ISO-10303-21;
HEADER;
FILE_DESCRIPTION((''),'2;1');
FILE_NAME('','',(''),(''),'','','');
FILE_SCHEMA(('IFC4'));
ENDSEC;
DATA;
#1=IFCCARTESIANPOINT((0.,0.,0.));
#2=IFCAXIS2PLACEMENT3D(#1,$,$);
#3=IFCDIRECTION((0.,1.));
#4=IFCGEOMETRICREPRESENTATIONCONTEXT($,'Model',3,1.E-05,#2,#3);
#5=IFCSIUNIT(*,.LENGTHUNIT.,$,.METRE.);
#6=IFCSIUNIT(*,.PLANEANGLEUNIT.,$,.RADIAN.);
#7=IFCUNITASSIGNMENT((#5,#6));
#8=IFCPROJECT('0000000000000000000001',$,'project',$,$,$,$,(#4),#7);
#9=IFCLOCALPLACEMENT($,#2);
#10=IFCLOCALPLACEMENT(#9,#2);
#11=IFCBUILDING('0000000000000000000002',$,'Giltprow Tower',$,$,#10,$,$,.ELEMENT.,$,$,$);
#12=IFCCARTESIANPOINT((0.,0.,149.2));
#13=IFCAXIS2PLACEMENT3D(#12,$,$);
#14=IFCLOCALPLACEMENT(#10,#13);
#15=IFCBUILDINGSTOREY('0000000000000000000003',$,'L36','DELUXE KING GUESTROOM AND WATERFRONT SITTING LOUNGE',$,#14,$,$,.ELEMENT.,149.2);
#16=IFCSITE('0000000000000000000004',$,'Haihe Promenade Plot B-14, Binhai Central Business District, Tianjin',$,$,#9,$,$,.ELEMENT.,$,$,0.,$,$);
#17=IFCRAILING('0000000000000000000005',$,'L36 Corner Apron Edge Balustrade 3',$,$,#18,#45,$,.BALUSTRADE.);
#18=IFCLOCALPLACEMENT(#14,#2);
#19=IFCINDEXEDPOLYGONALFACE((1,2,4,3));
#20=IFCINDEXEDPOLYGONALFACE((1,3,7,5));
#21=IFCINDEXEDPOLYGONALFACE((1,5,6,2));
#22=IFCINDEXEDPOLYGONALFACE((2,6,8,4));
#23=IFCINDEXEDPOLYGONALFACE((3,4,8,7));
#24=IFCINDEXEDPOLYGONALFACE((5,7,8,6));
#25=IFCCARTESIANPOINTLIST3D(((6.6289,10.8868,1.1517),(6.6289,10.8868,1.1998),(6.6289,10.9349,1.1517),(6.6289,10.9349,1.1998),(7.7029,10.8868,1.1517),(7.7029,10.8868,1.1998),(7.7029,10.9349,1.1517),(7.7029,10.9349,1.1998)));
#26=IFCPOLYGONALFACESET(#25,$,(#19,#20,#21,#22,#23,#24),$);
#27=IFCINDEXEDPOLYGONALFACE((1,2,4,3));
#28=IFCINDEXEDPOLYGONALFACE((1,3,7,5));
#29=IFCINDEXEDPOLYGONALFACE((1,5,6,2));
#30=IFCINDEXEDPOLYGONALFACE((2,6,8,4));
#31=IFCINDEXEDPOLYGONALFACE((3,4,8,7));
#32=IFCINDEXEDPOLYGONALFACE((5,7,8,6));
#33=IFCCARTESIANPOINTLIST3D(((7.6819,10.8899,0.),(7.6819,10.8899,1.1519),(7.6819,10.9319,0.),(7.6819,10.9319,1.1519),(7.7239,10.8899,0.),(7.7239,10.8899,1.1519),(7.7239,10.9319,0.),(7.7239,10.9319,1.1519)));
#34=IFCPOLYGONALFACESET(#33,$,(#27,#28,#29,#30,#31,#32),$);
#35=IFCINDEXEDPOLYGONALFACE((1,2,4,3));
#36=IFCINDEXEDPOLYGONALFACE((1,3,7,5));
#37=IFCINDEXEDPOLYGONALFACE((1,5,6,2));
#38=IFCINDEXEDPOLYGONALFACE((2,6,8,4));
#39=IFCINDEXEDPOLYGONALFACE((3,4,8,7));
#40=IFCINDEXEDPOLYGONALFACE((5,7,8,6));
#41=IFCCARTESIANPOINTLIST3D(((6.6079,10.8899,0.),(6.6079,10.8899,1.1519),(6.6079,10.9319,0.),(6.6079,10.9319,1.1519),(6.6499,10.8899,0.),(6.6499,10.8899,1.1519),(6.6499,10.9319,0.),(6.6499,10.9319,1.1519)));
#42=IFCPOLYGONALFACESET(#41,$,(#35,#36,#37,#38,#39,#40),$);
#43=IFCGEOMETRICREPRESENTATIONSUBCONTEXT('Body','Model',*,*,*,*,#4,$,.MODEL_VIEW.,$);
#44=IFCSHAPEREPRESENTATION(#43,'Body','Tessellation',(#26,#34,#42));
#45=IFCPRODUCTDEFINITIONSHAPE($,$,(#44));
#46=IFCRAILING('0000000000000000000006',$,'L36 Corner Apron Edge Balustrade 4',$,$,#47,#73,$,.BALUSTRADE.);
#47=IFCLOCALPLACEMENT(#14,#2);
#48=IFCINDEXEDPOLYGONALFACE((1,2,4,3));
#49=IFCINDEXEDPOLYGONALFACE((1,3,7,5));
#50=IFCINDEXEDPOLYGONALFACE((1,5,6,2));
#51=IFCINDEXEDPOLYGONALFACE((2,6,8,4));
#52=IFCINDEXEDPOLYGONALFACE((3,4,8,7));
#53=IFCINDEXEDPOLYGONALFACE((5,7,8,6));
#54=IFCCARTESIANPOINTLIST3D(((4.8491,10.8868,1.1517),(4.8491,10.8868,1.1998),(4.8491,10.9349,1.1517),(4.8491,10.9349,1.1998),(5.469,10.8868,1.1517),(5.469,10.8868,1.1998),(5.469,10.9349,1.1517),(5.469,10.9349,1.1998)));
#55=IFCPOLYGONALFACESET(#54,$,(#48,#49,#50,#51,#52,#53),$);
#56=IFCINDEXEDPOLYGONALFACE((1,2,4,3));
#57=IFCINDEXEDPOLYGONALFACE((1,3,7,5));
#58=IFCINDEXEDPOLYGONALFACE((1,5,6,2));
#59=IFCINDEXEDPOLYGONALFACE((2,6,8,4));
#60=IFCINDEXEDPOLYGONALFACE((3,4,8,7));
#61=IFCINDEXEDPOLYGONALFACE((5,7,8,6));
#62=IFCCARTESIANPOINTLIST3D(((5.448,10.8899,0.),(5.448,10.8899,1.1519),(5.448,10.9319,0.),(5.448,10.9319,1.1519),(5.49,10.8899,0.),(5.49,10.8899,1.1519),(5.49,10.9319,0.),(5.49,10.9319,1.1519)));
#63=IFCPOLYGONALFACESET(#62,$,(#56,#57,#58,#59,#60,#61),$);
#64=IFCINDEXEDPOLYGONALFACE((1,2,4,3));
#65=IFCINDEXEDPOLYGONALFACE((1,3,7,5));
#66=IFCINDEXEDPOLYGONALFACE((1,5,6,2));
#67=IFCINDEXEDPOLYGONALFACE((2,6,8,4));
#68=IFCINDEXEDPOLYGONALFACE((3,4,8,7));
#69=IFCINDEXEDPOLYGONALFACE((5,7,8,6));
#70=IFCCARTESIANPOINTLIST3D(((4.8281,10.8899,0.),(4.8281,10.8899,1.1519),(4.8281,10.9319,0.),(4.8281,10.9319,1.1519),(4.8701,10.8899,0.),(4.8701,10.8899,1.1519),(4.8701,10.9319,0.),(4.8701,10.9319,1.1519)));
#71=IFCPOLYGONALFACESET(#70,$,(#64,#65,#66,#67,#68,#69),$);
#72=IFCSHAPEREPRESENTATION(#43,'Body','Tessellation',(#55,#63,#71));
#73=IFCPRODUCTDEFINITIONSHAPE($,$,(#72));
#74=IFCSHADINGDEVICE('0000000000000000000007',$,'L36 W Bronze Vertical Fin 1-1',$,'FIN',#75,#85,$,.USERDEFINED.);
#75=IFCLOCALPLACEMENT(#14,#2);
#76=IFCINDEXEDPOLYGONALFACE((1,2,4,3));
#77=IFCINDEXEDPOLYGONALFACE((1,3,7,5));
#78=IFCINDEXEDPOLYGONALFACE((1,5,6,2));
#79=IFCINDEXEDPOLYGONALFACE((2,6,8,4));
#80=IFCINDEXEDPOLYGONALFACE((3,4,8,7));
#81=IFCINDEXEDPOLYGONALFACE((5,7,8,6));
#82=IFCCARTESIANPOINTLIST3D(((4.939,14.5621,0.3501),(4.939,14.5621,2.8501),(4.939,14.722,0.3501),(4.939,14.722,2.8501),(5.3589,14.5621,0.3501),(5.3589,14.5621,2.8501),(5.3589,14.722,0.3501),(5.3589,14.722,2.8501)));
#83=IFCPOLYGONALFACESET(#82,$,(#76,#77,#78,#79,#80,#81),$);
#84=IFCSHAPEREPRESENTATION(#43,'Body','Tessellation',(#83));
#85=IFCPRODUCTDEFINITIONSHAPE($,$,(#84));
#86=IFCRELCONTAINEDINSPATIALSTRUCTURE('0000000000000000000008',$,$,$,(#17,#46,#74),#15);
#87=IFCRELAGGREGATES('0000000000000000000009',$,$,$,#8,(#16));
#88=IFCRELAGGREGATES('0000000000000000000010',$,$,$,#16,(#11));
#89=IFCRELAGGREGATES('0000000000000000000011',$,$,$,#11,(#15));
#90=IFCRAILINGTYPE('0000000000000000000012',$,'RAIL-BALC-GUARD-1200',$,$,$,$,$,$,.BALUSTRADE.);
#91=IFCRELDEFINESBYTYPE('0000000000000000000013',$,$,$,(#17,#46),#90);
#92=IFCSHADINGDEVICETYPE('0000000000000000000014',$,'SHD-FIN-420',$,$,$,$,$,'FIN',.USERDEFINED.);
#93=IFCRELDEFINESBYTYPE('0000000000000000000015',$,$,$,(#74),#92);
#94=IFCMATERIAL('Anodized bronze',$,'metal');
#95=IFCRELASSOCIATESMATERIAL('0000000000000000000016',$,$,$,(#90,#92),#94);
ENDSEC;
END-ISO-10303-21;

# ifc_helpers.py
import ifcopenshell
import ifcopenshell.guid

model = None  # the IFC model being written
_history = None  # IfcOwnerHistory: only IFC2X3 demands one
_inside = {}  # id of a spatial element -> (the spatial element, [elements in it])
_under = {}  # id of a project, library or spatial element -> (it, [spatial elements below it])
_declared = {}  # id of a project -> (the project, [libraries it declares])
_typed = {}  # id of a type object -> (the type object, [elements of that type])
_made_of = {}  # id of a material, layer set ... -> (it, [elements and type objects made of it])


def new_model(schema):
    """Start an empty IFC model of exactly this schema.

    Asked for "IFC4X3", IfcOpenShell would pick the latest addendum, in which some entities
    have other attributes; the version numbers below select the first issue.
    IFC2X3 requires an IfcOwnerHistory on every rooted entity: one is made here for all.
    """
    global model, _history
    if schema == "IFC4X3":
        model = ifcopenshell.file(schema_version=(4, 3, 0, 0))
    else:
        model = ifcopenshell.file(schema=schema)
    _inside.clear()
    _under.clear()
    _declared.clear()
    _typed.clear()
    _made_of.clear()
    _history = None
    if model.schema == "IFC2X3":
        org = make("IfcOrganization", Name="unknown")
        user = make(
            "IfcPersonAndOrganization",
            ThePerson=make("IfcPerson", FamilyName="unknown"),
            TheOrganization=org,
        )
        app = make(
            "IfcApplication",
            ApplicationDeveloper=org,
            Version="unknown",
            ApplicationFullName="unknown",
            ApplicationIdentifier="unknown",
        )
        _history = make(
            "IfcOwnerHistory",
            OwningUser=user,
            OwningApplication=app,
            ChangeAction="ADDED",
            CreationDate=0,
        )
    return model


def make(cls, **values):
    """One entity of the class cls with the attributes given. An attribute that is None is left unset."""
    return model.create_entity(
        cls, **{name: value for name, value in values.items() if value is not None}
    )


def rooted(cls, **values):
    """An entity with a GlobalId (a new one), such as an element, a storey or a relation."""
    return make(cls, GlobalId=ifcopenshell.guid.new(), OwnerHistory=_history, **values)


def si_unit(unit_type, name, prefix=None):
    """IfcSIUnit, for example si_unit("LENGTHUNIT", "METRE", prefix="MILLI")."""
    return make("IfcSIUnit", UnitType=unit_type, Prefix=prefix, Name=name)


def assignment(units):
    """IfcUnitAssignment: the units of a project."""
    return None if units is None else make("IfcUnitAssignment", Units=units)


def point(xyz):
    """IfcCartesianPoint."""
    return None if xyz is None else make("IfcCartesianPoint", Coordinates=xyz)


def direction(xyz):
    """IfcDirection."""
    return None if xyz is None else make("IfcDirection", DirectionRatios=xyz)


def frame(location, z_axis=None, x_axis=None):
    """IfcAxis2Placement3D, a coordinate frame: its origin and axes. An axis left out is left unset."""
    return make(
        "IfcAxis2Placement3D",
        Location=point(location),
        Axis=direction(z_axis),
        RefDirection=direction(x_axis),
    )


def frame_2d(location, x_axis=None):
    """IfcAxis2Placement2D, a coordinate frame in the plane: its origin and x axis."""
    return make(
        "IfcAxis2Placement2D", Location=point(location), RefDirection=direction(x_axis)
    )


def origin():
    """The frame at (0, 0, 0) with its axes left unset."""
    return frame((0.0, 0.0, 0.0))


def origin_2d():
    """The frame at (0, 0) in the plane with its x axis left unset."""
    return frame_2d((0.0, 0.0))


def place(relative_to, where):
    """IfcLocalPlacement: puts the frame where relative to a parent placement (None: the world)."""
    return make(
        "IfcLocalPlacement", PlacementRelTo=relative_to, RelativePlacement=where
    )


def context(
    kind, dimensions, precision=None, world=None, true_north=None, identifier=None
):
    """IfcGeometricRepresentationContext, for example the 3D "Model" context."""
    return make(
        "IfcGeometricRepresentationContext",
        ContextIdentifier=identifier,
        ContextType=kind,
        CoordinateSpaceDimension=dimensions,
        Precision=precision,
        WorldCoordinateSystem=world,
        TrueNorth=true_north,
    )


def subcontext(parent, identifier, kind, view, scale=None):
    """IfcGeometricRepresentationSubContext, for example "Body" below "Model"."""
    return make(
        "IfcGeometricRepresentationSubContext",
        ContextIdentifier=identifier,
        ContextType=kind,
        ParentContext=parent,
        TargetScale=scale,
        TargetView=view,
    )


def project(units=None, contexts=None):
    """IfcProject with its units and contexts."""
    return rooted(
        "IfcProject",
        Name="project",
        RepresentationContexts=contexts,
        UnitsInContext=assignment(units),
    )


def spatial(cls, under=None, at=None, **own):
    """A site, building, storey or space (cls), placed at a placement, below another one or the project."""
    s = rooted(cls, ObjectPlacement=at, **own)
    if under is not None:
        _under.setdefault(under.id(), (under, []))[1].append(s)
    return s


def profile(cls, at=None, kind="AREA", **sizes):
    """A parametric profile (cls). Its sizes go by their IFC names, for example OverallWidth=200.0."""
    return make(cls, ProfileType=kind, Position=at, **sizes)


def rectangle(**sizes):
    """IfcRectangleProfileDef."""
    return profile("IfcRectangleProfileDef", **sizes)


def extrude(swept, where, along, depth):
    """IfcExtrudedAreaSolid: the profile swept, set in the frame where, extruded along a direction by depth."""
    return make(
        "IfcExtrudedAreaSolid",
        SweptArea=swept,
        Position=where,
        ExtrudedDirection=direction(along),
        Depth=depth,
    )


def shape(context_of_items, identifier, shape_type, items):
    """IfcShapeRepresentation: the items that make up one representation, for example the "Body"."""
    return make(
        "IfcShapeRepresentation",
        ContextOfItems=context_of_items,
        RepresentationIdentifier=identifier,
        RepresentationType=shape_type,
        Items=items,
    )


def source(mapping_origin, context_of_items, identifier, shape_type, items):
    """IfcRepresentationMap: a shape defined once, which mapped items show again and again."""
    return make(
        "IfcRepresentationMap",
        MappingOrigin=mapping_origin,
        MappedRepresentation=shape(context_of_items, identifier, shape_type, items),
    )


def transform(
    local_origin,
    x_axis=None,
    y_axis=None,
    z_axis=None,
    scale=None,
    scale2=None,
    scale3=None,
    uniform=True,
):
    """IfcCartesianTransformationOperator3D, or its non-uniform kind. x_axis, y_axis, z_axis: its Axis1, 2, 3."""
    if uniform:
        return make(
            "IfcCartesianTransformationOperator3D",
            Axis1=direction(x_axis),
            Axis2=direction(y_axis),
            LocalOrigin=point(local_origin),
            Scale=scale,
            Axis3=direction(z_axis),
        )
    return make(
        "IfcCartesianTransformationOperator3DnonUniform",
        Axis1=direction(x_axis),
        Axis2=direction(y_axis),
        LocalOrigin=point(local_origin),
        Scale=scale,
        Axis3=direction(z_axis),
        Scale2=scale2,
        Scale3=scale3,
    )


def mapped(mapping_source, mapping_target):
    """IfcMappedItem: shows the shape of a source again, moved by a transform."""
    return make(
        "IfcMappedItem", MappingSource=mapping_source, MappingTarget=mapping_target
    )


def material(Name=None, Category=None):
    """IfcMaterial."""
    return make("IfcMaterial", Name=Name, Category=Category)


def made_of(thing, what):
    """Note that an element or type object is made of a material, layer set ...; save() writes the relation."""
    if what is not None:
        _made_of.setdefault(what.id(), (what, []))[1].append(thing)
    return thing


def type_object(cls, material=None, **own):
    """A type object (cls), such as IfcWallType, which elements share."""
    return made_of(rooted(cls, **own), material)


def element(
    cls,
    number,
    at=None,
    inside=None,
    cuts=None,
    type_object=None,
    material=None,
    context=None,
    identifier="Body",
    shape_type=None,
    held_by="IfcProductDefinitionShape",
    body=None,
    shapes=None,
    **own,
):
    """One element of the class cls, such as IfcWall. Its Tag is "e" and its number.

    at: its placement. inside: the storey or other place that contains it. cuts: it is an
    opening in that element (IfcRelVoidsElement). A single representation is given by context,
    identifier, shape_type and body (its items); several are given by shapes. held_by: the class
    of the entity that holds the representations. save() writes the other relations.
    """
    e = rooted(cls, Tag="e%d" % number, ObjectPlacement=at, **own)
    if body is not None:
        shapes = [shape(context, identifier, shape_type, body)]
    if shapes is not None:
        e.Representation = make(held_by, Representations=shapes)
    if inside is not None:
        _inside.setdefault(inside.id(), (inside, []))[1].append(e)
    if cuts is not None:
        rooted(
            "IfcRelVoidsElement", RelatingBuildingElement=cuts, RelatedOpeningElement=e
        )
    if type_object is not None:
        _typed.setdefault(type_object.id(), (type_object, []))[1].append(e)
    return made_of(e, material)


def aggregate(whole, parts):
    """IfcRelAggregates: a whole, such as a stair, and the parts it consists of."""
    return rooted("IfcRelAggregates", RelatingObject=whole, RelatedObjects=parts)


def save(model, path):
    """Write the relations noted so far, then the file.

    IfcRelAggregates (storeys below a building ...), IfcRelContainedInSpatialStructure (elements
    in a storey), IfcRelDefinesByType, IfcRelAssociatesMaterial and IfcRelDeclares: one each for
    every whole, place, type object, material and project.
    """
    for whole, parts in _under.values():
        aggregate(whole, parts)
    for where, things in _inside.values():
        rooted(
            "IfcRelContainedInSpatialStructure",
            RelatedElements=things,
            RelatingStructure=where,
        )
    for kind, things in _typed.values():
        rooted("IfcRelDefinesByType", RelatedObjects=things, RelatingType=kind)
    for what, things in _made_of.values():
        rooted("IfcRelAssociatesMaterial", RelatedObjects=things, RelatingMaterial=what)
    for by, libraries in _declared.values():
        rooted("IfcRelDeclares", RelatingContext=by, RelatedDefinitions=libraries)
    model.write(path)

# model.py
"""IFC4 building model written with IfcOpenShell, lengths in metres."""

from ifc_helpers import new_model, si_unit, direction, frame, origin, origin_2d, place, context, subcontext, project, spatial, rectangle, extrude, source, transform, mapped, material, type_object, element, save


model = new_model("IFC4")

# Units and contexts
model_context = context("Model", 3, precision=1e-05, world=origin(), true_north=direction((0.0, 1.0)))
body_context = subcontext(model_context, "Body", "Model", "MODEL_VIEW")
ifc_project = project(units=[si_unit("LENGTHUNIT", "METRE"), si_unit("PLANEANGLEUNIT", "RADIAN")], contexts=[model_context])

# Site, building, storey
site_placement = place(None, origin())
site = spatial("IfcSite", under=ifc_project, at=site_placement, Name="Haihe Promenade Plot B-14, Binhai Central Business District, Tianjin", CompositionType="ELEMENT", RefElevation=0.0)
building_placement = place(site_placement, origin())
building = spatial("IfcBuilding", under=site, at=building_placement, Name="Giltprow Tower", CompositionType="ELEMENT")
storey_placement = place(building_placement, frame((0.0, 0.0, 149.2)))
storey = spatial("IfcBuildingStorey", under=building, at=storey_placement, Name="L36", Description="DELUXE KING GUESTROOM AND WATERFRONT SITTING LOUNGE", CompositionType="ELEMENT", Elevation=149.2)

# Shared definitions
ifc_material_1 = material(Name="Anodized bronze", Category="metal")

# Railings
railing_type = type_object("IfcRailingType", Name="RAIL-BALC-GUARD-1200", PredefinedType="BALUSTRADE", material=ifc_material_1)
railing_1_placement = place(storey_placement, frame((7.7029, 10.9109, 0.0)))
element("IfcRailing", 1, at=railing_1_placement, inside=storey, type_object=railing_type, Name="L36 Corner Apron Edge Balustrade 3", PredefinedType="BALUSTRADE", context=body_context, shape_type="SweptSolid", body=[
    extrude(rectangle(XDim=0.0481, YDim=0.0481, at=origin_2d()), frame((0.0, 0.0, 1.1758), z_axis=(-1.0, 0.0, 0.0), x_axis=(0.0, -1.0, 0.0)), (0.0, 0.0, 1.0), 1.074),
    extrude(rectangle(XDim=0.042, YDim=0.042, at=origin_2d()), origin(), (0.0, 0.0, 1.0), 1.1519),
    extrude(rectangle(XDim=0.042, YDim=0.042, at=origin_2d()), frame((-1.074, 0.0, 0.0)), (0.0, 0.0, 1.0), 1.1519),
])
railing_2_placement = place(storey_placement, frame((5.469, 10.9109, 0.0)))
element("IfcRailing", 2, at=railing_2_placement, inside=storey, type_object=railing_type, Name="L36 Corner Apron Edge Balustrade 4", PredefinedType="BALUSTRADE", context=body_context, shape_type="SweptSolid", body=[
    extrude(rectangle(XDim=0.0481, YDim=0.0481, at=origin_2d()), frame((0.0, 0.0, 1.1758), z_axis=(-1.0, 0.0, 0.0), x_axis=(0.0, -1.0, 0.0)), (0.0, 0.0, 1.0), 0.6199),
    extrude(rectangle(XDim=0.042, YDim=0.042, at=origin_2d()), origin(), (0.0, 0.0, 1.0), 1.1519),
    extrude(rectangle(XDim=0.042, YDim=0.042, at=origin_2d()), frame((-0.6199, 0.0, 0.0)), (0.0, 0.0, 1.0), 1.1519),
])

# Shading device
shading_device_type = type_object("IfcShadingDeviceType", Name="SHD-FIN-420", ElementType="FIN", PredefinedType="USERDEFINED", material=ifc_material_1)
shared_shape_1 = source(origin(), body_context, "Body", "SweptSolid", [
    extrude(rectangle(XDim=0.4199, YDim=0.1599, at=origin_2d()), origin(), (0.0, 0.0, 1.0), 2.5),
])
shading_device_placement = place(storey_placement, frame((5.1489, 14.6421, 0.3501), z_axis=(0.0, 0.0, 1.0), x_axis=(1.0, 0.0, 0.0)))
element("IfcShadingDevice", 3, at=shading_device_placement, inside=storey, type_object=shading_device_type, Name="L36 W Bronze Vertical Fin 1-1", ObjectType="FIN", PredefinedType="USERDEFINED", context=body_context, shape_type="MappedRepresentation", body=[
    mapped(shared_shape_1, transform((0.0, 0.0, 0.0), x_axis=(1.0, 0.0, 0.0), y_axis=(0.0, 1.0, 0.0), z_axis=(0.0, 0.0, 1.0), scale=1.0)),
])

save(model, "model.ifc")
